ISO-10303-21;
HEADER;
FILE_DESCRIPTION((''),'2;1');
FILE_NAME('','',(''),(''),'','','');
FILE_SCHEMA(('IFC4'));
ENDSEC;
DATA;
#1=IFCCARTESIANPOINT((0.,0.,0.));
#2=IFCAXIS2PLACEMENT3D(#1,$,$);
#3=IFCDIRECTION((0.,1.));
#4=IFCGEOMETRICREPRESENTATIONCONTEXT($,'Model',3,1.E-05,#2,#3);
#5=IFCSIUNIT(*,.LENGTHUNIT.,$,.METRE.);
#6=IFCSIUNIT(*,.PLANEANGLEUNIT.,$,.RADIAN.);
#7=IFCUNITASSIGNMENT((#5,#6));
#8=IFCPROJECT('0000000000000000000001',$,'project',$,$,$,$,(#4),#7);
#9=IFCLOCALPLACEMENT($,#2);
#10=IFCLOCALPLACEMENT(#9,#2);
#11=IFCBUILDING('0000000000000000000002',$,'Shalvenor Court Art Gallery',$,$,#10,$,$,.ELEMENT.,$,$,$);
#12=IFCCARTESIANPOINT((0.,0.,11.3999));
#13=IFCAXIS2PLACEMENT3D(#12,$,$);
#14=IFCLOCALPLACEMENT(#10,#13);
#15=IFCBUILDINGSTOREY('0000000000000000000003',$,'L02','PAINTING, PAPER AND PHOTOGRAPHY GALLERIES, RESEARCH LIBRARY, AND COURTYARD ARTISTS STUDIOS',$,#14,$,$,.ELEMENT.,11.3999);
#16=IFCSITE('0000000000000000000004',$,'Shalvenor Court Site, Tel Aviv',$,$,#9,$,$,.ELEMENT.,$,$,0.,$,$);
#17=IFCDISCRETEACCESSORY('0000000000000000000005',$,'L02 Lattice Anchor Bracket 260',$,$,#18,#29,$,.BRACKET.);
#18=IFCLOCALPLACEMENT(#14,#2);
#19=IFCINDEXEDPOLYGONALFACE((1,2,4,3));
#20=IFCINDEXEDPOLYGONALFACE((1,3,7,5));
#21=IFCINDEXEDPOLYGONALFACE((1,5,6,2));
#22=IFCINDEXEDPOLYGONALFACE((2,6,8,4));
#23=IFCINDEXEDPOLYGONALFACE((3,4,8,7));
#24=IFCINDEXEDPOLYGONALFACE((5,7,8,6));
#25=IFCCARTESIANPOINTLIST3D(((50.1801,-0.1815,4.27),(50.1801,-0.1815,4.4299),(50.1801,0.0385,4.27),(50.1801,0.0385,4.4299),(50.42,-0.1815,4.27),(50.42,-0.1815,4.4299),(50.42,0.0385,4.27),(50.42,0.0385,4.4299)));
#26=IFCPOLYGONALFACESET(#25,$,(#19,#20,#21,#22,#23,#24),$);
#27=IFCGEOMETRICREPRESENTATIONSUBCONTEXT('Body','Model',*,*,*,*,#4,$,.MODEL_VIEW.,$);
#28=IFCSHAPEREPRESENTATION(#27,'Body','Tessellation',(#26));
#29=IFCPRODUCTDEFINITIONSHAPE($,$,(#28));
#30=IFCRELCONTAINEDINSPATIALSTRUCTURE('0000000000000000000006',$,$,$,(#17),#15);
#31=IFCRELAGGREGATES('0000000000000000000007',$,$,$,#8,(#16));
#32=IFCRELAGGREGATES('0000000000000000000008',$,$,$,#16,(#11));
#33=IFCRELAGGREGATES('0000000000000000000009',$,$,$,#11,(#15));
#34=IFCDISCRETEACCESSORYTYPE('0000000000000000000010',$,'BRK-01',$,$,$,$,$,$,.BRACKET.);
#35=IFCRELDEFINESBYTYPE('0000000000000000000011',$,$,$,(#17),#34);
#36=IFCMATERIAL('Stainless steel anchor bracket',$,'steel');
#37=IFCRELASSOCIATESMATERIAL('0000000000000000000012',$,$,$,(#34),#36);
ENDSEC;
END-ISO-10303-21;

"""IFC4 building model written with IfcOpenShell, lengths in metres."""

from ifc_helpers import new_model, si_unit, direction, frame, origin, origin_2d, place, context, subcontext, project, spatial, rectangle, extrude, material, type_object, element, save


model = new_model("IFC4")

# Units and contexts
model_context = context("Model", 3, precision=1e-05, world=origin(), true_north=direction((0.0, 1.0)))
body_context = subcontext(model_context, "Body", "Model", "MODEL_VIEW")
ifc_project = project(units=[si_unit("LENGTHUNIT", "METRE"), si_unit("PLANEANGLEUNIT", "RADIAN")], contexts=[model_context])

# Site, building, storey
site_placement = place(None, origin())
site = spatial("IfcSite", under=ifc_project, at=site_placement, Name="Shalvenor Court Site, Tel Aviv", CompositionType="ELEMENT", RefElevation=0.0)
building_placement = place(site_placement, origin())
building = spatial("IfcBuilding", under=site, at=building_placement, Name="Shalvenor Court Art Gallery", CompositionType="ELEMENT")
storey_placement = place(building_placement, frame((0.0, 0.0, 11.3999)))
storey = spatial("IfcBuildingStorey", under=building, at=storey_placement, Name="L02", Description="PAINTING, PAPER AND PHOTOGRAPHY GALLERIES, RESEARCH LIBRARY, AND COURTYARD ARTISTS STUDIOS", CompositionType="ELEMENT", Elevation=11.3999)

# Discrete accessory
ifc_material_1 = material(Name="Stainless steel anchor bracket", Category="steel")
discrete_accessory_type = type_object("IfcDiscreteAccessoryType", Name="BRK-01", PredefinedType="BRACKET", material=ifc_material_1)
discrete_accessory_placement = place(storey_placement, frame((50.3, -0.0715, 4.27), z_axis=(0.0, 0.0, 1.0), x_axis=(-1.0, 0.0, 0.0)))
element("IfcDiscreteAccessory", 1, at=discrete_accessory_placement, inside=storey, type_object=discrete_accessory_type, Name="L02 Lattice Anchor Bracket 260", PredefinedType="BRACKET", context=body_context, shape_type="SweptSolid", body=[
    extrude(rectangle(XDim=0.24, YDim=0.22, at=origin_2d()), origin(), (0.0, 0.0, 1.0), 0.1599),
])

save(model, "model.ifc")
